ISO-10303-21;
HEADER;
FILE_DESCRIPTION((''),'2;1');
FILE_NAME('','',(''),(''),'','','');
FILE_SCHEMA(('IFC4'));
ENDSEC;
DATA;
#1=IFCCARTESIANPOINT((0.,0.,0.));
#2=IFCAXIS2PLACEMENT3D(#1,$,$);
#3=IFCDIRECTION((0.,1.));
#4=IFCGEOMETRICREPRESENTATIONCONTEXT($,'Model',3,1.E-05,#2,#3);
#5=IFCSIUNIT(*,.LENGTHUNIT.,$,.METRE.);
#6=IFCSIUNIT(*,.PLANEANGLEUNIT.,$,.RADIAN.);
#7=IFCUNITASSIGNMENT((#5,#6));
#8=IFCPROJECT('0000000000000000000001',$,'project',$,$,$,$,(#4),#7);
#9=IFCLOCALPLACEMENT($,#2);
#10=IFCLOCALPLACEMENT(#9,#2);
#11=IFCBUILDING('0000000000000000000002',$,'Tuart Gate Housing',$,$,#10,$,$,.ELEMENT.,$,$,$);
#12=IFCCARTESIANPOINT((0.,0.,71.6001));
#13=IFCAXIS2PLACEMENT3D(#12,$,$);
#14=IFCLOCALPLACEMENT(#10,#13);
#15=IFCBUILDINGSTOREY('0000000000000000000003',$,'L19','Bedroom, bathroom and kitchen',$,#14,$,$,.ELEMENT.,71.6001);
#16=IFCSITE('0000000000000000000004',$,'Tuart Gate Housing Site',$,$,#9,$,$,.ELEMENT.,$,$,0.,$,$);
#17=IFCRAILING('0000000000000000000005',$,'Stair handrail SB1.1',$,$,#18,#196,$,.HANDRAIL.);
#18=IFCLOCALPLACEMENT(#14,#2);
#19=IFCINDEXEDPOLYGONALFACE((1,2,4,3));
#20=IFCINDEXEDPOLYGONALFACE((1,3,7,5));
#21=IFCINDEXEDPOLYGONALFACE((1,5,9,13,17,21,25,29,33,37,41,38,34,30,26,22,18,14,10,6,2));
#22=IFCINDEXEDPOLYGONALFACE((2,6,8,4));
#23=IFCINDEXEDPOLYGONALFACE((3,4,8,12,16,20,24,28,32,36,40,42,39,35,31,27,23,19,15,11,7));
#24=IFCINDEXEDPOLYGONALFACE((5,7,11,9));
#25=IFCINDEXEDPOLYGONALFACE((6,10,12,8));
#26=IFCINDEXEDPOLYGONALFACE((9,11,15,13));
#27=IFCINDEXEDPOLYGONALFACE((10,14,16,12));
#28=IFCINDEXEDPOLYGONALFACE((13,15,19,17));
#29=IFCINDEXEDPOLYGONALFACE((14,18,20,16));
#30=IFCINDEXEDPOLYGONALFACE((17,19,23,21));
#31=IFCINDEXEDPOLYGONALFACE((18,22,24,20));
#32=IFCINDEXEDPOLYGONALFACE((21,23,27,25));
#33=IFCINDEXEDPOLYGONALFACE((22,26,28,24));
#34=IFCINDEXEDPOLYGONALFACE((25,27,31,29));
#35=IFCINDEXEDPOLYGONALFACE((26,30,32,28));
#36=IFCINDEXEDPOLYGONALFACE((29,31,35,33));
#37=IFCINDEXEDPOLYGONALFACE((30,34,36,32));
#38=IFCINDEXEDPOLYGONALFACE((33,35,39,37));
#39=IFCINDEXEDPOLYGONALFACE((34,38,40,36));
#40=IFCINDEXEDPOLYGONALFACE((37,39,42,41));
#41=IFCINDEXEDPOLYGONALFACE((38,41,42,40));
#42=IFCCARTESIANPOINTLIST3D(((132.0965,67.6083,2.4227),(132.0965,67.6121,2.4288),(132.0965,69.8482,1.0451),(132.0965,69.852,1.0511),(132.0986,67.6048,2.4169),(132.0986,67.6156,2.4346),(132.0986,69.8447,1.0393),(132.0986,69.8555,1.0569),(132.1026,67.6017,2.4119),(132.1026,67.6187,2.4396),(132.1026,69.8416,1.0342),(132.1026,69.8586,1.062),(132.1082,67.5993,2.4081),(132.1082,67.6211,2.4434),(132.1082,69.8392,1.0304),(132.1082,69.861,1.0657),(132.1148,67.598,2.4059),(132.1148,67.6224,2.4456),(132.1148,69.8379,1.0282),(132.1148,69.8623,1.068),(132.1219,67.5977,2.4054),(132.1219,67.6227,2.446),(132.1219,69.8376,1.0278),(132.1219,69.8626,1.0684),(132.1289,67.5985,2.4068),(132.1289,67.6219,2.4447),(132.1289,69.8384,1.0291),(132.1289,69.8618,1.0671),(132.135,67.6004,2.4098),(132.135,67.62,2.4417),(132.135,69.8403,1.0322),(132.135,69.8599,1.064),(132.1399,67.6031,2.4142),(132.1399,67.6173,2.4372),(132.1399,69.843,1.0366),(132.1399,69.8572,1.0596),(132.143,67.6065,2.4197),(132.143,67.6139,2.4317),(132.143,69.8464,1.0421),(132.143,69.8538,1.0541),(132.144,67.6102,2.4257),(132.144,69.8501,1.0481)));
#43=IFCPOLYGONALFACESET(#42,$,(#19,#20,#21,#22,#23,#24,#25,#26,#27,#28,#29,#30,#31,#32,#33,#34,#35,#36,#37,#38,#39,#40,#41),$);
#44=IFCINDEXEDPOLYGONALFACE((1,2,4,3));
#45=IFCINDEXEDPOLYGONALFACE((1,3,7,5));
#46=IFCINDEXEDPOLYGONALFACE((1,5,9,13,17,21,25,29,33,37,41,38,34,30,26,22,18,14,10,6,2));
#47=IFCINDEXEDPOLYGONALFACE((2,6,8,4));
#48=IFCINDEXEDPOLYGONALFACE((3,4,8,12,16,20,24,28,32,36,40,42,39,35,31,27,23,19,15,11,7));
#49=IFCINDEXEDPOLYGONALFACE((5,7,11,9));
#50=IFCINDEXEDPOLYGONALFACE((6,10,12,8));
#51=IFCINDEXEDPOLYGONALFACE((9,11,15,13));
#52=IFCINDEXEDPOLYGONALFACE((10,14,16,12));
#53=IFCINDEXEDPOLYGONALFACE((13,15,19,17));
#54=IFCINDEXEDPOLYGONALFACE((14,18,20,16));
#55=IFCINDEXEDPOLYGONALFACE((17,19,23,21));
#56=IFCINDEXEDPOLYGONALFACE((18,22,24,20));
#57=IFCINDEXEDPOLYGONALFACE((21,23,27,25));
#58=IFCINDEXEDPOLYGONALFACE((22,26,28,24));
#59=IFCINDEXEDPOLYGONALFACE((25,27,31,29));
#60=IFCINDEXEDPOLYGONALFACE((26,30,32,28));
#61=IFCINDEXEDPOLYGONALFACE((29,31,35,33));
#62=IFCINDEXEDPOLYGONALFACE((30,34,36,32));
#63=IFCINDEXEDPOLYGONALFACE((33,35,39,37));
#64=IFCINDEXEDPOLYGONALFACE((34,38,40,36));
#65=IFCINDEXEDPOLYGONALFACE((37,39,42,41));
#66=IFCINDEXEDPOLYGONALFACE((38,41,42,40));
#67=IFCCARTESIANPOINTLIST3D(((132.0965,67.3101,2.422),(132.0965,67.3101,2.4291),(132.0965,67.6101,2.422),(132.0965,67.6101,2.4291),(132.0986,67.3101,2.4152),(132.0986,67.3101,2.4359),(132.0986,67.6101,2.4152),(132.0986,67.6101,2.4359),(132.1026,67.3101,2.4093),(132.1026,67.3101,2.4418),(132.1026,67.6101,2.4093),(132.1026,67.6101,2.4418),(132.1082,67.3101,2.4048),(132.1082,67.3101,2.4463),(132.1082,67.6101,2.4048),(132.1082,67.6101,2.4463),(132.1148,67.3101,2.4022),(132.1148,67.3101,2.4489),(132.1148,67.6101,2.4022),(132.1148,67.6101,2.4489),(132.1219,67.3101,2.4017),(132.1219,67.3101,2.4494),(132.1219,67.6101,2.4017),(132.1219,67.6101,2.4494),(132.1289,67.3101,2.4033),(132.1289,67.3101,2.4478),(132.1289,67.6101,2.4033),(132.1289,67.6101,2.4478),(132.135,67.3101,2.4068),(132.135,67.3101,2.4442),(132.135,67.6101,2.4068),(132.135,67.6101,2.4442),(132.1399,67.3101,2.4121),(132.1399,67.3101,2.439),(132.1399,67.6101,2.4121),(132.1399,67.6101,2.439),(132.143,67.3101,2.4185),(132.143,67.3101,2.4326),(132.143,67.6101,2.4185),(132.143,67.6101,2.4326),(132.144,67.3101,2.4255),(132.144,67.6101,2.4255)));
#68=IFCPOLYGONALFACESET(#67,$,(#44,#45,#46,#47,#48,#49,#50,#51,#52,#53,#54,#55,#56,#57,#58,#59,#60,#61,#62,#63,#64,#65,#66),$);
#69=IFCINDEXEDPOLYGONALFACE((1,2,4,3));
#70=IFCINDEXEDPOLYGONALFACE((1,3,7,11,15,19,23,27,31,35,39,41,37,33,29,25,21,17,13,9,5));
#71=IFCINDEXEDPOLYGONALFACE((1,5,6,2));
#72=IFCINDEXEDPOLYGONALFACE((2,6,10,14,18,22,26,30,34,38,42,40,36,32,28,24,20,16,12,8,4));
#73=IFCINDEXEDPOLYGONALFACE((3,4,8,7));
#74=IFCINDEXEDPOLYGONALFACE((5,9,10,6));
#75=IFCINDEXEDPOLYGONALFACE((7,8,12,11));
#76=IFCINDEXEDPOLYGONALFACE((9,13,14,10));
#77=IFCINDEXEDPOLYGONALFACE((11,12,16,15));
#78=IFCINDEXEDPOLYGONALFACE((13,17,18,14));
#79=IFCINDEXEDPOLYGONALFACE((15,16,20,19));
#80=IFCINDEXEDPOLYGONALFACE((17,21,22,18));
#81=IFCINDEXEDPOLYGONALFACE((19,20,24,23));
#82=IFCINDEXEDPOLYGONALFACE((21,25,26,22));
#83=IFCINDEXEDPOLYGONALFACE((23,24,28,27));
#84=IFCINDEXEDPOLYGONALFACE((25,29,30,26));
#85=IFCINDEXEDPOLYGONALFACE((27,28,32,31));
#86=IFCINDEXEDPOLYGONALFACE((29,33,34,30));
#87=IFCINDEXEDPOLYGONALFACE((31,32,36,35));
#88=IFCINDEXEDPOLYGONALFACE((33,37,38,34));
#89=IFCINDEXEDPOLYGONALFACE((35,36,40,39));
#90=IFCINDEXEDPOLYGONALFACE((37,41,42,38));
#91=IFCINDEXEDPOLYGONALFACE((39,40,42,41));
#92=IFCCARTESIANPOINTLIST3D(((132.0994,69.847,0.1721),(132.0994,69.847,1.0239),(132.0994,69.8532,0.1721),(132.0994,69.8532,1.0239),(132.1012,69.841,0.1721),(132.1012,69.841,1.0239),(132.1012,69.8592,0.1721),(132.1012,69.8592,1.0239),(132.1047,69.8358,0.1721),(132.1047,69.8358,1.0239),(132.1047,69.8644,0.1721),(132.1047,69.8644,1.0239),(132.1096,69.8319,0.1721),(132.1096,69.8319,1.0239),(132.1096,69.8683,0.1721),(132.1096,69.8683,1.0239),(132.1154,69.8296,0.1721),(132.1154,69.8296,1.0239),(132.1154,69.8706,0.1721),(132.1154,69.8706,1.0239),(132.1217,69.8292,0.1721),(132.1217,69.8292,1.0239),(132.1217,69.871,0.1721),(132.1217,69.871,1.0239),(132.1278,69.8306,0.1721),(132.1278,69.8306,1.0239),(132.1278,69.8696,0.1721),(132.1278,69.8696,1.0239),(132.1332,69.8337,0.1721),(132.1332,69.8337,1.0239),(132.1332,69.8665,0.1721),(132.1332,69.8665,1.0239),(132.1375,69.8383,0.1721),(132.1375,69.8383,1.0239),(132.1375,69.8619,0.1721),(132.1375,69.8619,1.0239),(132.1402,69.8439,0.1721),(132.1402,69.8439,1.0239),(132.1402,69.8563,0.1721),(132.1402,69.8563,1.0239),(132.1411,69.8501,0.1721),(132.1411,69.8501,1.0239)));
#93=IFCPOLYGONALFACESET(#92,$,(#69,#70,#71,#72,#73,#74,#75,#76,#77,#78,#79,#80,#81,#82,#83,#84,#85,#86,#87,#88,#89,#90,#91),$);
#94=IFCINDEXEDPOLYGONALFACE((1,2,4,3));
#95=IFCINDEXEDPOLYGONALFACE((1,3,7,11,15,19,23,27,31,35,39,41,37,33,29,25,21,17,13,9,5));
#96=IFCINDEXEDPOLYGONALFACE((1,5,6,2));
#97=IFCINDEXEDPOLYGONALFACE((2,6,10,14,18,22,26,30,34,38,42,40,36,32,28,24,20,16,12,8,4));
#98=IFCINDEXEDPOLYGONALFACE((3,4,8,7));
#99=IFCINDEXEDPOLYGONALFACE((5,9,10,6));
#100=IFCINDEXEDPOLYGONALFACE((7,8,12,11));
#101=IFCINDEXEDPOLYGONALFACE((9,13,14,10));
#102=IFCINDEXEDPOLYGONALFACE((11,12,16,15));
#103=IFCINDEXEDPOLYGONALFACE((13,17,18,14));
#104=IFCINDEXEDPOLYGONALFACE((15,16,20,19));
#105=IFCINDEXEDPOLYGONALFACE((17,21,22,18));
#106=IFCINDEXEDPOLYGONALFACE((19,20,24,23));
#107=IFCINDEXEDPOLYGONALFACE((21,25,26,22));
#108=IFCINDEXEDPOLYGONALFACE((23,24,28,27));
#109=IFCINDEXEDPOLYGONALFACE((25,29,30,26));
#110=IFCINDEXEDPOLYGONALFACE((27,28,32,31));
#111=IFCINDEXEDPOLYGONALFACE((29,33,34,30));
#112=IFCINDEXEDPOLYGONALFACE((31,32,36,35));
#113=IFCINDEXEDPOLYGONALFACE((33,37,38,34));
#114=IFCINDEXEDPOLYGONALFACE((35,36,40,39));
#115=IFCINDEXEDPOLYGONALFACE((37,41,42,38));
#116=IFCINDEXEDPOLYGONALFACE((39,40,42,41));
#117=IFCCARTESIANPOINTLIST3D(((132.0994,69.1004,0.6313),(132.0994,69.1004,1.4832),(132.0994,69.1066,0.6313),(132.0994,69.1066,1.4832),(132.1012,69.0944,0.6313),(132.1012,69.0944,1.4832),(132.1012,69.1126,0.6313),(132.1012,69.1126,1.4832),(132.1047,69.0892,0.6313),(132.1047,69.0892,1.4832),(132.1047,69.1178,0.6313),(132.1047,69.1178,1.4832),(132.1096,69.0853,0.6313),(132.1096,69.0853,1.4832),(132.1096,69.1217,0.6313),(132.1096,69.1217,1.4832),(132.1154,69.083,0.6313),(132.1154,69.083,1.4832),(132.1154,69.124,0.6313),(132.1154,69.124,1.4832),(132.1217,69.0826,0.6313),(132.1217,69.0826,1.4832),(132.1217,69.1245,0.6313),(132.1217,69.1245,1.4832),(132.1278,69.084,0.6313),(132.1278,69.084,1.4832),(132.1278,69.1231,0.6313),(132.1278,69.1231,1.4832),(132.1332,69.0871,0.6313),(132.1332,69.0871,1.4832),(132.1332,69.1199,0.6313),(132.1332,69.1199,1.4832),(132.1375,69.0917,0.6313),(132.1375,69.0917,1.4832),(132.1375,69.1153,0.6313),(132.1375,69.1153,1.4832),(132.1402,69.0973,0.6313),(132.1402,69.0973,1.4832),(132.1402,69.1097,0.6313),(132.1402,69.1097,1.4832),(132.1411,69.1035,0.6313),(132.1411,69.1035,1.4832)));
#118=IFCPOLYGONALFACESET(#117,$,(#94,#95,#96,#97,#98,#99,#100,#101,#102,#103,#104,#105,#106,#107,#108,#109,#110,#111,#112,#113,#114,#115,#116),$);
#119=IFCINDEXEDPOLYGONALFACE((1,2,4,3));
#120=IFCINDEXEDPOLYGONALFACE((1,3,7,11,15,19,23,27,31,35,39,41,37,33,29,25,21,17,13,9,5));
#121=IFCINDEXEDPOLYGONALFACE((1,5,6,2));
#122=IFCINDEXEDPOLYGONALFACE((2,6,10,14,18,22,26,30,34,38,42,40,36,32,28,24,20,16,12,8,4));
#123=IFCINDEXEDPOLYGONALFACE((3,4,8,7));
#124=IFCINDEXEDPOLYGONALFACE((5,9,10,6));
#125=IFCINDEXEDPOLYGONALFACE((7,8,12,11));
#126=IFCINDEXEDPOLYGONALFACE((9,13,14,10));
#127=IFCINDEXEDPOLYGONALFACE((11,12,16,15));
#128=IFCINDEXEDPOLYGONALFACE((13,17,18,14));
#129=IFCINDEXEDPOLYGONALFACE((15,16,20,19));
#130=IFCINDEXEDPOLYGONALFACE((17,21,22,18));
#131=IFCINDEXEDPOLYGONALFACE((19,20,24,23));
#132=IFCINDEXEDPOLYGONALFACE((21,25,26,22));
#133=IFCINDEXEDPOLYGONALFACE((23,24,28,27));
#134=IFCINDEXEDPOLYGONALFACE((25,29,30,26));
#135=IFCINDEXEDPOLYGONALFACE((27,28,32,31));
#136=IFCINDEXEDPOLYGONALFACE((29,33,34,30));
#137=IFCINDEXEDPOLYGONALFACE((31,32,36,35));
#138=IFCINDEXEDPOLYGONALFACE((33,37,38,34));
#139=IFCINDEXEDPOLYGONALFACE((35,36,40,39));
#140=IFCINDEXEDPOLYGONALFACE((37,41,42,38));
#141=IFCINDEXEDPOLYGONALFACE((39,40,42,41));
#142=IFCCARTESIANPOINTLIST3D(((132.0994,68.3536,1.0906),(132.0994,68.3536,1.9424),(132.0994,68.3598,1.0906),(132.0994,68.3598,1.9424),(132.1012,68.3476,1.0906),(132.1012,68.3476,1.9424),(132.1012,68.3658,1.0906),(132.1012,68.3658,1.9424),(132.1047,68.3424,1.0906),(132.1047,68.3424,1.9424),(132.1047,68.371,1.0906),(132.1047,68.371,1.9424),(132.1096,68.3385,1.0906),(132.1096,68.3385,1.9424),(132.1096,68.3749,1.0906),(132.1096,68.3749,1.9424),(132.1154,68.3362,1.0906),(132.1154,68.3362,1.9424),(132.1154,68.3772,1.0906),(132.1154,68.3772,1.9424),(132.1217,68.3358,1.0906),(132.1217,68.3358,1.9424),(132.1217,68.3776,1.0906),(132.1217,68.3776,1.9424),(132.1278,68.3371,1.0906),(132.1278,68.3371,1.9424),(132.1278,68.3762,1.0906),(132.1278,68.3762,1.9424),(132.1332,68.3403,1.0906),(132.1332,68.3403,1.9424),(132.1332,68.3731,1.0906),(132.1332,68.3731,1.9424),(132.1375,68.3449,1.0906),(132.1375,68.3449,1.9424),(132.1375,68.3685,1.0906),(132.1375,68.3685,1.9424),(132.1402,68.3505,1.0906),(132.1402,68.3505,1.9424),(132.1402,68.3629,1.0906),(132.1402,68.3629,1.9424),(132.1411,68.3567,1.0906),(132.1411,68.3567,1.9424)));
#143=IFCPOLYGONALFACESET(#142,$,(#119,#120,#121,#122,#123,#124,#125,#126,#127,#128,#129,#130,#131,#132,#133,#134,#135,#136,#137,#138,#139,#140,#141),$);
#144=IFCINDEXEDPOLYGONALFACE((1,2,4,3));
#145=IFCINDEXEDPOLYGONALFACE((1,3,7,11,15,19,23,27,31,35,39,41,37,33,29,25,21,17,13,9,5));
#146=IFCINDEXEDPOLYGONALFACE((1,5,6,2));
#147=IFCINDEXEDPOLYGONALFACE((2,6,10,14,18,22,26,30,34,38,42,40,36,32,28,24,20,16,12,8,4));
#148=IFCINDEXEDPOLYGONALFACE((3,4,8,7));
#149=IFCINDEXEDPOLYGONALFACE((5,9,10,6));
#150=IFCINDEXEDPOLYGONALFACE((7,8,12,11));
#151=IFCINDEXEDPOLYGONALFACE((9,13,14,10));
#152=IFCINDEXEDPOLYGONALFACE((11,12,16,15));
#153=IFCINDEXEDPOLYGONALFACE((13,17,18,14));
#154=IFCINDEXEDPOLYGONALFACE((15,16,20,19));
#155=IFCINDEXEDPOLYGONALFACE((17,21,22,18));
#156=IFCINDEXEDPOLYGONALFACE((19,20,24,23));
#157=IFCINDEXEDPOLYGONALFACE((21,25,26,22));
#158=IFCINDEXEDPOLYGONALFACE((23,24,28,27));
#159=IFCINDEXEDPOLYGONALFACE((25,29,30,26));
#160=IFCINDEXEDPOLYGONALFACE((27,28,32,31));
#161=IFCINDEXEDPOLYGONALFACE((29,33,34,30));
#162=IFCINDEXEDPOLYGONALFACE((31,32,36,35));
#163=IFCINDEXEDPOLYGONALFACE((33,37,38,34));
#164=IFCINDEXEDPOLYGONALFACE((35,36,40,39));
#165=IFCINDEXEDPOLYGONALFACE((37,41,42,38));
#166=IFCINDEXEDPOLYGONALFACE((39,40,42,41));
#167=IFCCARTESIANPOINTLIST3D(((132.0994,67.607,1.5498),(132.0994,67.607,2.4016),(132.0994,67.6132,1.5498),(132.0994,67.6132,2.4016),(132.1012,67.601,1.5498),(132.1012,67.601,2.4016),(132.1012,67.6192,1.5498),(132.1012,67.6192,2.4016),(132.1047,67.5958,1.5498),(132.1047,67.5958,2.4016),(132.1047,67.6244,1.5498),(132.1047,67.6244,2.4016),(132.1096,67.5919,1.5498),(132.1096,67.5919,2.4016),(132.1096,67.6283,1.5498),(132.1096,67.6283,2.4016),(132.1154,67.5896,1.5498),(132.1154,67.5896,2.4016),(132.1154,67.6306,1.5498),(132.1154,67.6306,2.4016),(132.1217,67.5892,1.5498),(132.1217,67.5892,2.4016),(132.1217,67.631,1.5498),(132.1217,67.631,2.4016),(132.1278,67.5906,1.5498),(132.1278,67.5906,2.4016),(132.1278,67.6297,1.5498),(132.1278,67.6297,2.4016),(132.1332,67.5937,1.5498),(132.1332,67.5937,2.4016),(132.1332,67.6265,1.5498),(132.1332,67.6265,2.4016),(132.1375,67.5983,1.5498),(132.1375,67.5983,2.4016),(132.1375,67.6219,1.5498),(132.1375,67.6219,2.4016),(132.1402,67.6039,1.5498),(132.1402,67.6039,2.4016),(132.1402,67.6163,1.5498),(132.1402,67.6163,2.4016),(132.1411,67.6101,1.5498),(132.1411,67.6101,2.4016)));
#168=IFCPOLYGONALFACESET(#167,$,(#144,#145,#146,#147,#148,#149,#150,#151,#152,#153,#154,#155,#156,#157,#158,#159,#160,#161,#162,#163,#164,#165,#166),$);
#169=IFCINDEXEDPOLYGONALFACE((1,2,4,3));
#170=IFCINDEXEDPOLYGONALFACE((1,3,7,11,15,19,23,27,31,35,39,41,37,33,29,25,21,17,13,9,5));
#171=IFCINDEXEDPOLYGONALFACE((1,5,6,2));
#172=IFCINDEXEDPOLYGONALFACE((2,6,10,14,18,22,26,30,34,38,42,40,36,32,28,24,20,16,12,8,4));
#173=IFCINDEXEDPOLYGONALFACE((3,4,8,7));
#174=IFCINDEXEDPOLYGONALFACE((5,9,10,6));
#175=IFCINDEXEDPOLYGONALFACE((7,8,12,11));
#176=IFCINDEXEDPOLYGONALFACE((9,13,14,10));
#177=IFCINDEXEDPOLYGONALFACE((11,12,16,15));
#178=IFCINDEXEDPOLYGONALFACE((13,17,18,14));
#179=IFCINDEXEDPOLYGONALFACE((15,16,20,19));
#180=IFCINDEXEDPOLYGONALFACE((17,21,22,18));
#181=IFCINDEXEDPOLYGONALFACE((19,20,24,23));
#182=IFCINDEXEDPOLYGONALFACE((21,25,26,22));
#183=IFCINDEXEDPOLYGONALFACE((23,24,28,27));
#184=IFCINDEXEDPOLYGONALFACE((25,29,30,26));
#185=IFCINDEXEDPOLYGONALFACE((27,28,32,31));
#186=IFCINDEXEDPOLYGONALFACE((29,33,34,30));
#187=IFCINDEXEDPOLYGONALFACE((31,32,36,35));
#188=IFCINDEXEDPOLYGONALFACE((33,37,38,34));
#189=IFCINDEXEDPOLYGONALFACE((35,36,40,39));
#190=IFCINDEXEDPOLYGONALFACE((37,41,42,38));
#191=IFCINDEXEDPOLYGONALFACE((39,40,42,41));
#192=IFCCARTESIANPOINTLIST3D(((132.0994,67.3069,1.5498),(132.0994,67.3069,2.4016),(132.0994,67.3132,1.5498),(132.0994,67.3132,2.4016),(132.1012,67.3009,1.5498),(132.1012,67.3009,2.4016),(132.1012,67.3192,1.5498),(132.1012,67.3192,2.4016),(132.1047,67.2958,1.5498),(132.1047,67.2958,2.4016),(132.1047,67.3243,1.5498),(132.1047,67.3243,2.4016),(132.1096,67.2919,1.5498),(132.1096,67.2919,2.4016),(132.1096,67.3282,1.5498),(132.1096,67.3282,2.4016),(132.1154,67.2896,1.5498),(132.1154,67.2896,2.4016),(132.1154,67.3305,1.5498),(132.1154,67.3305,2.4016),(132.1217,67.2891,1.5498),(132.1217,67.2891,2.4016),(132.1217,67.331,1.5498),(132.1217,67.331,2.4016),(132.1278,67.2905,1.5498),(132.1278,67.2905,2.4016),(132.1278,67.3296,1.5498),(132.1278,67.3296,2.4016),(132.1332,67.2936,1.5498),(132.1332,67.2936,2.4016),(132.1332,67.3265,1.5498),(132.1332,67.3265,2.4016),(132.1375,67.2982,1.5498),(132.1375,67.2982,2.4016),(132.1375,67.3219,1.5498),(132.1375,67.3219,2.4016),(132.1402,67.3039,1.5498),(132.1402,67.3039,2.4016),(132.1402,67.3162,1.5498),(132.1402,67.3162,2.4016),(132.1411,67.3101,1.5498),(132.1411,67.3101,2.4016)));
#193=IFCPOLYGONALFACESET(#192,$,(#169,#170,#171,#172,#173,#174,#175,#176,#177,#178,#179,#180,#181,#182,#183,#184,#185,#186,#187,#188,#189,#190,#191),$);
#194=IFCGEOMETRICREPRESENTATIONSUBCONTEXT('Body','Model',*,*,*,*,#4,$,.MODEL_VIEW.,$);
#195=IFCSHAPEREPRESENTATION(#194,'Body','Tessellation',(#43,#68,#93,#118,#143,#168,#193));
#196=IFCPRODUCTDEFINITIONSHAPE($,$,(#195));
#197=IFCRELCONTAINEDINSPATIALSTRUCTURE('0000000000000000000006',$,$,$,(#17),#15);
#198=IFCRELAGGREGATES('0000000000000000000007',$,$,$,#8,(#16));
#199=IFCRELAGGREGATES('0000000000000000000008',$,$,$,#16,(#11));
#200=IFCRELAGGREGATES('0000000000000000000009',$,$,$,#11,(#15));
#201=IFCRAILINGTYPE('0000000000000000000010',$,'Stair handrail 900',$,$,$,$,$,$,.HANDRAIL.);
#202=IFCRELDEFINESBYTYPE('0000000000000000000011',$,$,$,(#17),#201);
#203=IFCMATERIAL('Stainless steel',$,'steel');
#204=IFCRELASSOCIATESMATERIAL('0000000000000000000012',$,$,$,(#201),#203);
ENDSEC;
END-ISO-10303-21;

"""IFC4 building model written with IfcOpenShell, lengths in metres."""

from ifc_helpers import new_model, si_unit, direction, frame, origin, origin_2d, place, context, subcontext, project, spatial, circle, extrude, material, type_object, element, save


model = new_model("IFC4")

# Units and contexts
model_context = context("Model", 3, precision=1e-05, world=origin(), true_north=direction((0.0, 1.0)))
body_context = subcontext(model_context, "Body", "Model", "MODEL_VIEW")
ifc_project = project(units=[si_unit("LENGTHUNIT", "METRE"), si_unit("PLANEANGLEUNIT", "RADIAN")], contexts=[model_context])

# Site, building, storey
site_placement = place(None, origin())
site = spatial("IfcSite", under=ifc_project, at=site_placement, Name="Tuart Gate Housing Site", CompositionType="ELEMENT", RefElevation=0.0)
building_placement = place(site_placement, origin())
building = spatial("IfcBuilding", under=site, at=building_placement, Name="Tuart Gate Housing", CompositionType="ELEMENT")
storey_placement = place(building_placement, frame((0.0, 0.0, 71.6001)))
storey = spatial("IfcBuildingStorey", under=building, at=storey_placement, Name="L19", Description="Bedroom, bathroom and kitchen", CompositionType="ELEMENT", Elevation=71.6001)

# Railing
ifc_material_1 = material(Name="Stainless steel", Category="steel")
railing_type = type_object("IfcRailingType", Name="Stair handrail 900", PredefinedType="HANDRAIL", material=ifc_material_1)
railing_placement = place(storey_placement, frame((132.1201, 69.8501, 0.1721)))
element("IfcRailing", 1, at=railing_placement, inside=storey, type_object=railing_type, Name="Stair handrail SB1.1", PredefinedType="HANDRAIL", context=body_context, shape_type="SweptSolid", body=[
    extrude(circle(Radius=0.0239, at=origin_2d()), frame((0.0, 0.0, 0.876), z_axis=(0.0, -0.851789, 0.523885), x_axis=(1.0, 0.0, 0.0)), (0.0, 0.0, 1.0), 2.6296),
    extrude(circle(Radius=0.0239, at=origin_2d()), frame((0.0, -2.24, 2.2534), z_axis=(0.0, -1.0, 0.0), x_axis=(1.0, 0.0, 0.0)), (0.0, 0.0, 1.0), 0.3),
    extrude(circle(Radius=0.021, at=origin_2d()), origin(), (0.0, 0.0, 1.0), 0.8518),
    extrude(circle(Radius=0.021, at=origin_2d()), frame((0.0, -0.7466, 0.4592)), (0.0, 0.0, 1.0), 0.8518),
    extrude(circle(Radius=0.021, at=origin_2d()), frame((0.0, -1.4934, 0.9185)), (0.0, 0.0, 1.0), 0.8518),
    extrude(circle(Radius=0.021, at=origin_2d()), frame((0.0, -2.24, 1.3777)), (0.0, 0.0, 1.0), 0.8518),
    extrude(circle(Radius=0.021, at=origin_2d()), frame((0.0, -2.54, 1.3777)), (0.0, 0.0, 1.0), 0.8518),
])

save(model, "model.ifc")
